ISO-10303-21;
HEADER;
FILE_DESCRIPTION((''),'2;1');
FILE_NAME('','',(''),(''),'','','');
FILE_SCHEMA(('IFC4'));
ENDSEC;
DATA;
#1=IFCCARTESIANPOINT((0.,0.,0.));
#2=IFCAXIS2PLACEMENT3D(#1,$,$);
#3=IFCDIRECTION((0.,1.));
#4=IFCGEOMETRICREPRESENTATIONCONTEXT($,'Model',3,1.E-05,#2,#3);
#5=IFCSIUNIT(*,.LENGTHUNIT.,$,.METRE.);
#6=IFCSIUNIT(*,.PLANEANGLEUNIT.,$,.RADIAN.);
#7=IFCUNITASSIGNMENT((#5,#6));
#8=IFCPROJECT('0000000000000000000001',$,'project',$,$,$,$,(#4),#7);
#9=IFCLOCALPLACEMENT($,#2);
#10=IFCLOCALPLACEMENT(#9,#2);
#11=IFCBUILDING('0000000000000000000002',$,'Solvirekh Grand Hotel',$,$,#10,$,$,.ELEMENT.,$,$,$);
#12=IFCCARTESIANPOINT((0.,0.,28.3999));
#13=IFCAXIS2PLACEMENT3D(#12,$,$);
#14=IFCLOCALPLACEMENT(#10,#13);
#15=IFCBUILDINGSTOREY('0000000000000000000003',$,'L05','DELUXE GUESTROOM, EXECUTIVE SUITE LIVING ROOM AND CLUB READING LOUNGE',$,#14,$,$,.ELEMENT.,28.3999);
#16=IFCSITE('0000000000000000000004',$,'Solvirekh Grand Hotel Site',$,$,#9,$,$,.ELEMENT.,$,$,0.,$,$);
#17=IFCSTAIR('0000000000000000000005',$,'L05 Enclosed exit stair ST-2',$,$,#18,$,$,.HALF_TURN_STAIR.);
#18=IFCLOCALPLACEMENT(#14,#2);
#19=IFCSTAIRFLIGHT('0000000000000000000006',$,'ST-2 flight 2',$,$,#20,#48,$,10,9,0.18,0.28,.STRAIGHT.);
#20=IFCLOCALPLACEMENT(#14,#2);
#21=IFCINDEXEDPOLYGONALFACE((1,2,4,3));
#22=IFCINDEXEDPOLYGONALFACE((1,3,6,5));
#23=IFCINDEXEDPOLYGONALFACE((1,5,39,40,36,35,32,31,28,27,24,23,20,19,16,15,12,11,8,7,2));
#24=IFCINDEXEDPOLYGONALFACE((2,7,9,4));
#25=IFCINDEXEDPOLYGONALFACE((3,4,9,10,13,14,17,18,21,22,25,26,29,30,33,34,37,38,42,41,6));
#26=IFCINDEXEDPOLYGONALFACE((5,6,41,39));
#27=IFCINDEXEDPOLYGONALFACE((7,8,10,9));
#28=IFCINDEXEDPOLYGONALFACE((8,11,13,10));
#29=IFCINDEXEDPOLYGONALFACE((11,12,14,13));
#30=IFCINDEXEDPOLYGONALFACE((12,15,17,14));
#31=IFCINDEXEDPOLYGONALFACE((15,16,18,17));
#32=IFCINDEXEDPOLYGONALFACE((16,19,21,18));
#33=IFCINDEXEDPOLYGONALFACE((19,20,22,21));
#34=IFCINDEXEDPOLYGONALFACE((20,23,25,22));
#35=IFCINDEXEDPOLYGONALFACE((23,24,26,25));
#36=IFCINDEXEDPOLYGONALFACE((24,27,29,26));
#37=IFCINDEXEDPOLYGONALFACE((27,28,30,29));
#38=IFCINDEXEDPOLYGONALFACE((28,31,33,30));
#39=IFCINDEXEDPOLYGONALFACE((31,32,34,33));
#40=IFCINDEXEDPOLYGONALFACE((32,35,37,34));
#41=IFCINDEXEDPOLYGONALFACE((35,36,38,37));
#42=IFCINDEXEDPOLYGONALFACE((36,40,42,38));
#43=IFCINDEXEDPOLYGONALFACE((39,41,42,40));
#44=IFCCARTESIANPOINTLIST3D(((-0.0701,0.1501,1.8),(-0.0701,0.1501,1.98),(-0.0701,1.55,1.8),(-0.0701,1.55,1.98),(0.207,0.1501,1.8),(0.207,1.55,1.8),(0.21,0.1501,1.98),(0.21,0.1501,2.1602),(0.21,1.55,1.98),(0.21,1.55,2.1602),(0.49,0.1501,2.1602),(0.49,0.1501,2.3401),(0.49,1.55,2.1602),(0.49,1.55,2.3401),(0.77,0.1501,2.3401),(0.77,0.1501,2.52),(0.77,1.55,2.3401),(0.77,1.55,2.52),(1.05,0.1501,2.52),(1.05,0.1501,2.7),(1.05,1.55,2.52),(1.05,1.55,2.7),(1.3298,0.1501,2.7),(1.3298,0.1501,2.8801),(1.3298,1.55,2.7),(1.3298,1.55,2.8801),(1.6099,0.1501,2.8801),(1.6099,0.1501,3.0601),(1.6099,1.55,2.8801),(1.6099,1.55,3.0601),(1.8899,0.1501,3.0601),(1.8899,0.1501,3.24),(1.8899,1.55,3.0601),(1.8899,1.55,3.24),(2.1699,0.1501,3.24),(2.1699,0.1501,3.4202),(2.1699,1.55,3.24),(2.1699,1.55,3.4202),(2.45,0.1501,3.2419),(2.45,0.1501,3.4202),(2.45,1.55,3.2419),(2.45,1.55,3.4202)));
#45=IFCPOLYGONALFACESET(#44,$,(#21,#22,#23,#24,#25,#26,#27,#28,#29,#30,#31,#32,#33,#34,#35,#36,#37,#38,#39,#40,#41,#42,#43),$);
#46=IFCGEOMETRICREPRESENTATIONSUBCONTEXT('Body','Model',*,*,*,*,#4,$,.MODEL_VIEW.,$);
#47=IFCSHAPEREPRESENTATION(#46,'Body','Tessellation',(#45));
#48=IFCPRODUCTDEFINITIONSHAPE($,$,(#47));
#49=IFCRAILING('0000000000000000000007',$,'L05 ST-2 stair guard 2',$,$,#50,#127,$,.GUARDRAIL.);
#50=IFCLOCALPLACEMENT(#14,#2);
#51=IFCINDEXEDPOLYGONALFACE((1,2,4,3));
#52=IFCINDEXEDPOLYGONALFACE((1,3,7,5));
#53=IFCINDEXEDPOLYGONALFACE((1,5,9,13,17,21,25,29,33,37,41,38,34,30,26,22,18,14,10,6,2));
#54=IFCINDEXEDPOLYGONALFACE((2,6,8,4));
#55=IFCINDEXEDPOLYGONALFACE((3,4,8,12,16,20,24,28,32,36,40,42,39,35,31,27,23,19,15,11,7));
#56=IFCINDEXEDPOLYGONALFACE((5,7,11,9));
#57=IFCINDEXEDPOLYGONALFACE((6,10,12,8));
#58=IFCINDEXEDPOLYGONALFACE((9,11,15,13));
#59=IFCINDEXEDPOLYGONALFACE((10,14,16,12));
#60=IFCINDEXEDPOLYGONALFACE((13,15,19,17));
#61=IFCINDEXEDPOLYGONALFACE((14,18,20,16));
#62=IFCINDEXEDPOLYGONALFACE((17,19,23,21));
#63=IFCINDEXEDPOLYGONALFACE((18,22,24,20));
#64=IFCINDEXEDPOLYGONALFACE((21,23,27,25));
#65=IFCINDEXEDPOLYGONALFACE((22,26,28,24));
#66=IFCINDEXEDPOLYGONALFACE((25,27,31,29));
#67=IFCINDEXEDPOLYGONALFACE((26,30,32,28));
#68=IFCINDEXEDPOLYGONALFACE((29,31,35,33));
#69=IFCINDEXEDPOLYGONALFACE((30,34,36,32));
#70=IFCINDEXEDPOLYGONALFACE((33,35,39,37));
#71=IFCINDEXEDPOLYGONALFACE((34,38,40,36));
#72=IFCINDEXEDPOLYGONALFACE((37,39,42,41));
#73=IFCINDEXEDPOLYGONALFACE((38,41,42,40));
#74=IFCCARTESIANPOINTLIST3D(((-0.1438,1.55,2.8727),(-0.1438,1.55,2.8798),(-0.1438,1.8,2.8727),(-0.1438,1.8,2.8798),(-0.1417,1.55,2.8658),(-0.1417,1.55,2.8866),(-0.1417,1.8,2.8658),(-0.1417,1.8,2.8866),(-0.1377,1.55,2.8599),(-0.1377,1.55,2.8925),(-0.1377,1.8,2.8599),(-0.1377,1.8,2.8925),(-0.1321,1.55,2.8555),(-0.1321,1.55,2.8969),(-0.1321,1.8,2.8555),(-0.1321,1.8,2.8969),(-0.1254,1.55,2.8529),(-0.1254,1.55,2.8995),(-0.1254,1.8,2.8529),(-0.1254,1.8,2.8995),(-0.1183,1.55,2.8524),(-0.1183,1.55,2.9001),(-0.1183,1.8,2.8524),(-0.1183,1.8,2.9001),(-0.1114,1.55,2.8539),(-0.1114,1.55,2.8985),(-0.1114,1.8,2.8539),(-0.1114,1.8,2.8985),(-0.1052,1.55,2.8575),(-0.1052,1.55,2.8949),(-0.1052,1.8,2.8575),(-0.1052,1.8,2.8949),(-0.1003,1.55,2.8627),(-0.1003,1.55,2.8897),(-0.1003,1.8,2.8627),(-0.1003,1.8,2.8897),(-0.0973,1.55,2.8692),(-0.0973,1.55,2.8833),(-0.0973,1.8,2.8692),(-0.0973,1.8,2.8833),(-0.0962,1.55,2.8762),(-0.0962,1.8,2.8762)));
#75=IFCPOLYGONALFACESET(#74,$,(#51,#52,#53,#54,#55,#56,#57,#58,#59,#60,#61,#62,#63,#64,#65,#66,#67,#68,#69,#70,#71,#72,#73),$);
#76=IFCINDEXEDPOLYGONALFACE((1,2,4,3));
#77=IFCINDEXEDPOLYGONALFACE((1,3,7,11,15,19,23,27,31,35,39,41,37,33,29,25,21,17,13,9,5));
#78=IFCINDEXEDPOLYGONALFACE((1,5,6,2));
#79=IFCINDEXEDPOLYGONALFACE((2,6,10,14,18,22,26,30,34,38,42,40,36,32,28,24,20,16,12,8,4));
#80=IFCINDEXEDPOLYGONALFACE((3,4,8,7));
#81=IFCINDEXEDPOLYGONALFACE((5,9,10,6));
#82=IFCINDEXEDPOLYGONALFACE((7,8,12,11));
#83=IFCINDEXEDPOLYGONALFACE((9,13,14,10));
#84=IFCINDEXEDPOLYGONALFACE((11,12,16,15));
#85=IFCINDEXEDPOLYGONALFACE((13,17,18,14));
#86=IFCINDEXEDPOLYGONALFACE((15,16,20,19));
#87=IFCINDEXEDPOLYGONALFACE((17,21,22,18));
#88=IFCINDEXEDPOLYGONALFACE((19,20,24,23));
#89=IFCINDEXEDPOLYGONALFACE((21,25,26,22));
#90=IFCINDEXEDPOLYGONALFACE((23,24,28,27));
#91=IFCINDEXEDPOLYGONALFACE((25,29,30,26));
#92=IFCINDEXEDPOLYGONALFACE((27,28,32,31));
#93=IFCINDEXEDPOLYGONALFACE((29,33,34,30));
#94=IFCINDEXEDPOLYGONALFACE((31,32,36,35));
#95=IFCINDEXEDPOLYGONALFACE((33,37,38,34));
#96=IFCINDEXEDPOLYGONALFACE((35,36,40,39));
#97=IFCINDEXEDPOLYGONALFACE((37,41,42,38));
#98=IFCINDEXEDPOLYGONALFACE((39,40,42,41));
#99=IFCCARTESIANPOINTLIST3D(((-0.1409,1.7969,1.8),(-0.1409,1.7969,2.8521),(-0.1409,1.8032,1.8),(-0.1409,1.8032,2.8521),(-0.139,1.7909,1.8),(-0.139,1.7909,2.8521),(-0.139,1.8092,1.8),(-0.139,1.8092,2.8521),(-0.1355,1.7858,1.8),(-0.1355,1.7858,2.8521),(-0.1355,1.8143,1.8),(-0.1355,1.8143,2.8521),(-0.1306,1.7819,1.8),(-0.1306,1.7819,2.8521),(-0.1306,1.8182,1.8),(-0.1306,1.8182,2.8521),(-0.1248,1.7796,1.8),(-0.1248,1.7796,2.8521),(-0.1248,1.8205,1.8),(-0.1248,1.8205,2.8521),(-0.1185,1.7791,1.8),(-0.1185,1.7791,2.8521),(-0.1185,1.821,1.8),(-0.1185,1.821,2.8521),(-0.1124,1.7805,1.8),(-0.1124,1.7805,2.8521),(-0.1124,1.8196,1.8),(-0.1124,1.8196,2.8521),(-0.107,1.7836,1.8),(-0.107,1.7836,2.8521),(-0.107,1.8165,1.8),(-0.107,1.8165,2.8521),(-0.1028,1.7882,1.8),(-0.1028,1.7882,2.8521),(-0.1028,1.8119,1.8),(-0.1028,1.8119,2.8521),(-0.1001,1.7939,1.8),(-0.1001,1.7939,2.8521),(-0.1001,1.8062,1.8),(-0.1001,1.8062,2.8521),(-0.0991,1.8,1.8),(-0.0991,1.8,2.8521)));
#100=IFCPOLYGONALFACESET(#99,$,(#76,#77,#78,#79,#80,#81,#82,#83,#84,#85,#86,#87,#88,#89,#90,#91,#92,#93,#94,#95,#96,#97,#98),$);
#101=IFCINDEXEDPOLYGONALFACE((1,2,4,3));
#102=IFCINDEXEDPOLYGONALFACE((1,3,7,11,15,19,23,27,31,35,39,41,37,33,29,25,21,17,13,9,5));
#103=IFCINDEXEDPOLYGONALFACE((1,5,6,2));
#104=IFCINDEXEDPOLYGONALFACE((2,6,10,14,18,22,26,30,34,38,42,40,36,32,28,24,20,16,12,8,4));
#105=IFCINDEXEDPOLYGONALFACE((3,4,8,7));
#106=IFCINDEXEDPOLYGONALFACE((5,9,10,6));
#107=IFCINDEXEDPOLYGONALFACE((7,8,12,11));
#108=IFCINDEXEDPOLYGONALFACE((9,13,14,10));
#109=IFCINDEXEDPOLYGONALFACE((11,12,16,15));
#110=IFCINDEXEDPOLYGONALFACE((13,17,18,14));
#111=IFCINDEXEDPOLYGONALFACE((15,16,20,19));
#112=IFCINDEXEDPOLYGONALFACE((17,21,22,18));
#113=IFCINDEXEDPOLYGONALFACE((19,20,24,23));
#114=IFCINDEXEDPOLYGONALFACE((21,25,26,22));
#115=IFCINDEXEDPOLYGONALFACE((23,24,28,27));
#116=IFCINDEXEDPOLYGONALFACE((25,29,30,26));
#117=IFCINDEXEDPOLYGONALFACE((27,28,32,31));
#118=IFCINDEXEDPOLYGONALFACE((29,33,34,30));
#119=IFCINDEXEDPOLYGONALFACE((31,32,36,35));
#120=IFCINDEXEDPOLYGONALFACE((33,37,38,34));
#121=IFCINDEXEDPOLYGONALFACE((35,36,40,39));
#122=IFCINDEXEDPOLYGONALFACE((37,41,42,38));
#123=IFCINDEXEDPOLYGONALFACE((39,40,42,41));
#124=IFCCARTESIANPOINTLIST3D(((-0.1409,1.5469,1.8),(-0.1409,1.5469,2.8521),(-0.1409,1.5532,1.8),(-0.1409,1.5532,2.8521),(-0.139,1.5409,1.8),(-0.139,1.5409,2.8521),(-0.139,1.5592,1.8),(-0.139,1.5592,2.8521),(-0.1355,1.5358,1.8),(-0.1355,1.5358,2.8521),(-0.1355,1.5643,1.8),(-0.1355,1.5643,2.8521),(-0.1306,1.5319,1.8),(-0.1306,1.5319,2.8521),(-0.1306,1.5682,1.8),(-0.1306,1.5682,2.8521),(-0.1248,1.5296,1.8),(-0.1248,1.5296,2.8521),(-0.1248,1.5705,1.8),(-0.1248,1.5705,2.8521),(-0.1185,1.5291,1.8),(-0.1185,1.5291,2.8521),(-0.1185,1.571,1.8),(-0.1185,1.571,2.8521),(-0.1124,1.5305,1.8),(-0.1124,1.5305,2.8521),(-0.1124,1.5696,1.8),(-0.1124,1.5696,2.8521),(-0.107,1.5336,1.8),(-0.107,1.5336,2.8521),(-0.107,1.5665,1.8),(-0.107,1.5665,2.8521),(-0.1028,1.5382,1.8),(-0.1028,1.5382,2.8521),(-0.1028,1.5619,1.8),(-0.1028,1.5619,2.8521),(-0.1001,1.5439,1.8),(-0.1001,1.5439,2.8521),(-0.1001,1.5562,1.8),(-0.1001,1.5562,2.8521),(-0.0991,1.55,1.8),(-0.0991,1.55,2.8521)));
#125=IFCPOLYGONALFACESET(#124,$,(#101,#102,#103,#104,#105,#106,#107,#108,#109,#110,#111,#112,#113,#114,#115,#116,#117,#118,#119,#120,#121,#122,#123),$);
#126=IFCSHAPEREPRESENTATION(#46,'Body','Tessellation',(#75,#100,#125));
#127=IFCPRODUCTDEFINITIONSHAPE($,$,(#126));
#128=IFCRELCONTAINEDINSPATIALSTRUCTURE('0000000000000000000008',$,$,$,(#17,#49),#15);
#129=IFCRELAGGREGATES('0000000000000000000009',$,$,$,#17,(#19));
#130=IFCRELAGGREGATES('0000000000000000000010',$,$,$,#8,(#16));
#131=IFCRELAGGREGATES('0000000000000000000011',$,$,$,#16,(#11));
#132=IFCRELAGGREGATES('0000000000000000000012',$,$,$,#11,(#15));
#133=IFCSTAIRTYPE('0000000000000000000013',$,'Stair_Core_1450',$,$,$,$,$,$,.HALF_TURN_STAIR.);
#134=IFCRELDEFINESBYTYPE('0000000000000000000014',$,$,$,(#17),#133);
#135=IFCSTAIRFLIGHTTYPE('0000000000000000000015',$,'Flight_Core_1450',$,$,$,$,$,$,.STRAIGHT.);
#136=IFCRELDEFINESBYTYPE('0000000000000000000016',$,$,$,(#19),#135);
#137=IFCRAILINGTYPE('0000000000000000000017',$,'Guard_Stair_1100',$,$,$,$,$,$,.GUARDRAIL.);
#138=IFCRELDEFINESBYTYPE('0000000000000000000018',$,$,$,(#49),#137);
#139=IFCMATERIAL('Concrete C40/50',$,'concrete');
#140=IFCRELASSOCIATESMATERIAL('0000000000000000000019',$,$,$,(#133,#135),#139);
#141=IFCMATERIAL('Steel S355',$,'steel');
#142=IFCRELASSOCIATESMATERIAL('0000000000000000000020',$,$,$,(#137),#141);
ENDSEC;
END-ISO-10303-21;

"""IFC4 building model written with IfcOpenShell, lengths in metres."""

from ifc_helpers import new_model, si_unit, direction, frame, origin, origin_2d, place, context, subcontext, project, spatial, polyline, circle, outline, extrude, material, type_object, element, aggregate, save


model = new_model("IFC4")

# Units and contexts
model_context = context("Model", 3, precision=1e-05, world=origin(), true_north=direction((0.0, 1.0)))
body_context = subcontext(model_context, "Body", "Model", "MODEL_VIEW")
ifc_project = project(units=[si_unit("LENGTHUNIT", "METRE"), si_unit("PLANEANGLEUNIT", "RADIAN")], contexts=[model_context])

# Site, building, storey
site_placement = place(None, origin())
site = spatial("IfcSite", under=ifc_project, at=site_placement, Name="Solvirekh Grand Hotel Site", CompositionType="ELEMENT", RefElevation=0.0)
building_placement = place(site_placement, origin())
building = spatial("IfcBuilding", under=site, at=building_placement, Name="Solvirekh Grand Hotel", CompositionType="ELEMENT")
storey_placement = place(building_placement, frame((0.0, 0.0, 28.3999)))
storey = spatial("IfcBuildingStorey", under=building, at=storey_placement, Name="L05", Description="DELUXE GUESTROOM, EXECUTIVE SUITE LIVING ROOM AND CLUB READING LOUNGE", CompositionType="ELEMENT", Elevation=28.3999)

# Shared definitions
ifc_material_1 = material(Name="Concrete C40/50", Category="concrete")

# Stair, stair flight
stair_type = type_object("IfcStairType", Name="Stair_Core_1450", PredefinedType="HALF_TURN_STAIR", material=ifc_material_1)
stair_placement = place(storey_placement, origin())
stair = element("IfcStair", 1, at=stair_placement, inside=storey, type_object=stair_type, Name="L05 Enclosed exit stair ST-2", PredefinedType="HALF_TURN_STAIR")
stair_flight_type = type_object("IfcStairFlightType", Name="Flight_Core_1450", PredefinedType="STRAIGHT", material=ifc_material_1)
stair_flight_placement = place(storey_placement, frame((-0.0701, 0.8501, 1.8), z_axis=(0.0, 0.0, 1.0), x_axis=(1.0, 0.0, 0.0)))
stair_flight = element("IfcStairFlight", 2, at=stair_flight_placement, type_object=stair_flight_type, Name="ST-2 flight 2", NumberOfRisers=10, NumberOfTreads=9, PredefinedType="STRAIGHT", RiserHeight=0.18, TreadLength=0.28, context=body_context, shape_type="SweptSolid", body=[
    extrude(outline(polyline([(0.0, 0.0), (0.0, 0.1799), (0.28, 0.1799), (0.28, 0.3601), (0.5601, 0.3601), (0.5601, 0.54), (0.8401, 0.54), (0.8401, 0.72), (1.1201, 0.72), (1.1201, 0.8999), (1.3999, 0.8999), (1.3999, 1.0801), (1.6799, 1.0801), (1.6799, 1.26), (1.96, 1.26), (1.96, 1.4399), (2.24, 1.4399), (2.24, 1.6201), (2.52, 1.6201), (2.52, 1.8), (2.52, 1.4419), (0.2771, 0.0), (0.0, 0.0)])), frame((0.0, 0.7, 0.0), z_axis=(0.0, -1.0, 0.0), x_axis=(1.0, 0.0, 0.0)), (0.0, 0.0, 1.0), 1.3999),
])
aggregate(stair, [stair_flight])

# Railing
ifc_material_2 = material(Name="Steel S355", Category="steel")
railing_type_1 = type_object("IfcRailingType", Name="Guard_Stair_1100", PredefinedType="GUARDRAIL", material=ifc_material_2)
railing_1_placement = place(storey_placement, frame((-0.1201, 1.8, 1.8)))
element("IfcRailing", 3, at=railing_1_placement, inside=storey, type_object=railing_type_1, Name="L05 ST-2 stair guard 2", PredefinedType="GUARDRAIL", context=body_context, shape_type="SweptSolid", body=[
    extrude(circle(Radius=0.0239, at=origin_2d()), frame((0.0, 0.0, 1.0762), z_axis=(0.0, -1.0, 0.0), x_axis=(1.0, 0.0, 0.0)), (0.0, 0.0, 1.0), 0.25),
    extrude(circle(Radius=0.021, at=origin_2d()), origin(), (0.0, 0.0, 1.0), 1.052),
    extrude(circle(Radius=0.021, at=origin_2d()), frame((0.0, -0.25, 0.0)), (0.0, 0.0, 1.0), 1.052),
])

save(model, "model.ifc")
